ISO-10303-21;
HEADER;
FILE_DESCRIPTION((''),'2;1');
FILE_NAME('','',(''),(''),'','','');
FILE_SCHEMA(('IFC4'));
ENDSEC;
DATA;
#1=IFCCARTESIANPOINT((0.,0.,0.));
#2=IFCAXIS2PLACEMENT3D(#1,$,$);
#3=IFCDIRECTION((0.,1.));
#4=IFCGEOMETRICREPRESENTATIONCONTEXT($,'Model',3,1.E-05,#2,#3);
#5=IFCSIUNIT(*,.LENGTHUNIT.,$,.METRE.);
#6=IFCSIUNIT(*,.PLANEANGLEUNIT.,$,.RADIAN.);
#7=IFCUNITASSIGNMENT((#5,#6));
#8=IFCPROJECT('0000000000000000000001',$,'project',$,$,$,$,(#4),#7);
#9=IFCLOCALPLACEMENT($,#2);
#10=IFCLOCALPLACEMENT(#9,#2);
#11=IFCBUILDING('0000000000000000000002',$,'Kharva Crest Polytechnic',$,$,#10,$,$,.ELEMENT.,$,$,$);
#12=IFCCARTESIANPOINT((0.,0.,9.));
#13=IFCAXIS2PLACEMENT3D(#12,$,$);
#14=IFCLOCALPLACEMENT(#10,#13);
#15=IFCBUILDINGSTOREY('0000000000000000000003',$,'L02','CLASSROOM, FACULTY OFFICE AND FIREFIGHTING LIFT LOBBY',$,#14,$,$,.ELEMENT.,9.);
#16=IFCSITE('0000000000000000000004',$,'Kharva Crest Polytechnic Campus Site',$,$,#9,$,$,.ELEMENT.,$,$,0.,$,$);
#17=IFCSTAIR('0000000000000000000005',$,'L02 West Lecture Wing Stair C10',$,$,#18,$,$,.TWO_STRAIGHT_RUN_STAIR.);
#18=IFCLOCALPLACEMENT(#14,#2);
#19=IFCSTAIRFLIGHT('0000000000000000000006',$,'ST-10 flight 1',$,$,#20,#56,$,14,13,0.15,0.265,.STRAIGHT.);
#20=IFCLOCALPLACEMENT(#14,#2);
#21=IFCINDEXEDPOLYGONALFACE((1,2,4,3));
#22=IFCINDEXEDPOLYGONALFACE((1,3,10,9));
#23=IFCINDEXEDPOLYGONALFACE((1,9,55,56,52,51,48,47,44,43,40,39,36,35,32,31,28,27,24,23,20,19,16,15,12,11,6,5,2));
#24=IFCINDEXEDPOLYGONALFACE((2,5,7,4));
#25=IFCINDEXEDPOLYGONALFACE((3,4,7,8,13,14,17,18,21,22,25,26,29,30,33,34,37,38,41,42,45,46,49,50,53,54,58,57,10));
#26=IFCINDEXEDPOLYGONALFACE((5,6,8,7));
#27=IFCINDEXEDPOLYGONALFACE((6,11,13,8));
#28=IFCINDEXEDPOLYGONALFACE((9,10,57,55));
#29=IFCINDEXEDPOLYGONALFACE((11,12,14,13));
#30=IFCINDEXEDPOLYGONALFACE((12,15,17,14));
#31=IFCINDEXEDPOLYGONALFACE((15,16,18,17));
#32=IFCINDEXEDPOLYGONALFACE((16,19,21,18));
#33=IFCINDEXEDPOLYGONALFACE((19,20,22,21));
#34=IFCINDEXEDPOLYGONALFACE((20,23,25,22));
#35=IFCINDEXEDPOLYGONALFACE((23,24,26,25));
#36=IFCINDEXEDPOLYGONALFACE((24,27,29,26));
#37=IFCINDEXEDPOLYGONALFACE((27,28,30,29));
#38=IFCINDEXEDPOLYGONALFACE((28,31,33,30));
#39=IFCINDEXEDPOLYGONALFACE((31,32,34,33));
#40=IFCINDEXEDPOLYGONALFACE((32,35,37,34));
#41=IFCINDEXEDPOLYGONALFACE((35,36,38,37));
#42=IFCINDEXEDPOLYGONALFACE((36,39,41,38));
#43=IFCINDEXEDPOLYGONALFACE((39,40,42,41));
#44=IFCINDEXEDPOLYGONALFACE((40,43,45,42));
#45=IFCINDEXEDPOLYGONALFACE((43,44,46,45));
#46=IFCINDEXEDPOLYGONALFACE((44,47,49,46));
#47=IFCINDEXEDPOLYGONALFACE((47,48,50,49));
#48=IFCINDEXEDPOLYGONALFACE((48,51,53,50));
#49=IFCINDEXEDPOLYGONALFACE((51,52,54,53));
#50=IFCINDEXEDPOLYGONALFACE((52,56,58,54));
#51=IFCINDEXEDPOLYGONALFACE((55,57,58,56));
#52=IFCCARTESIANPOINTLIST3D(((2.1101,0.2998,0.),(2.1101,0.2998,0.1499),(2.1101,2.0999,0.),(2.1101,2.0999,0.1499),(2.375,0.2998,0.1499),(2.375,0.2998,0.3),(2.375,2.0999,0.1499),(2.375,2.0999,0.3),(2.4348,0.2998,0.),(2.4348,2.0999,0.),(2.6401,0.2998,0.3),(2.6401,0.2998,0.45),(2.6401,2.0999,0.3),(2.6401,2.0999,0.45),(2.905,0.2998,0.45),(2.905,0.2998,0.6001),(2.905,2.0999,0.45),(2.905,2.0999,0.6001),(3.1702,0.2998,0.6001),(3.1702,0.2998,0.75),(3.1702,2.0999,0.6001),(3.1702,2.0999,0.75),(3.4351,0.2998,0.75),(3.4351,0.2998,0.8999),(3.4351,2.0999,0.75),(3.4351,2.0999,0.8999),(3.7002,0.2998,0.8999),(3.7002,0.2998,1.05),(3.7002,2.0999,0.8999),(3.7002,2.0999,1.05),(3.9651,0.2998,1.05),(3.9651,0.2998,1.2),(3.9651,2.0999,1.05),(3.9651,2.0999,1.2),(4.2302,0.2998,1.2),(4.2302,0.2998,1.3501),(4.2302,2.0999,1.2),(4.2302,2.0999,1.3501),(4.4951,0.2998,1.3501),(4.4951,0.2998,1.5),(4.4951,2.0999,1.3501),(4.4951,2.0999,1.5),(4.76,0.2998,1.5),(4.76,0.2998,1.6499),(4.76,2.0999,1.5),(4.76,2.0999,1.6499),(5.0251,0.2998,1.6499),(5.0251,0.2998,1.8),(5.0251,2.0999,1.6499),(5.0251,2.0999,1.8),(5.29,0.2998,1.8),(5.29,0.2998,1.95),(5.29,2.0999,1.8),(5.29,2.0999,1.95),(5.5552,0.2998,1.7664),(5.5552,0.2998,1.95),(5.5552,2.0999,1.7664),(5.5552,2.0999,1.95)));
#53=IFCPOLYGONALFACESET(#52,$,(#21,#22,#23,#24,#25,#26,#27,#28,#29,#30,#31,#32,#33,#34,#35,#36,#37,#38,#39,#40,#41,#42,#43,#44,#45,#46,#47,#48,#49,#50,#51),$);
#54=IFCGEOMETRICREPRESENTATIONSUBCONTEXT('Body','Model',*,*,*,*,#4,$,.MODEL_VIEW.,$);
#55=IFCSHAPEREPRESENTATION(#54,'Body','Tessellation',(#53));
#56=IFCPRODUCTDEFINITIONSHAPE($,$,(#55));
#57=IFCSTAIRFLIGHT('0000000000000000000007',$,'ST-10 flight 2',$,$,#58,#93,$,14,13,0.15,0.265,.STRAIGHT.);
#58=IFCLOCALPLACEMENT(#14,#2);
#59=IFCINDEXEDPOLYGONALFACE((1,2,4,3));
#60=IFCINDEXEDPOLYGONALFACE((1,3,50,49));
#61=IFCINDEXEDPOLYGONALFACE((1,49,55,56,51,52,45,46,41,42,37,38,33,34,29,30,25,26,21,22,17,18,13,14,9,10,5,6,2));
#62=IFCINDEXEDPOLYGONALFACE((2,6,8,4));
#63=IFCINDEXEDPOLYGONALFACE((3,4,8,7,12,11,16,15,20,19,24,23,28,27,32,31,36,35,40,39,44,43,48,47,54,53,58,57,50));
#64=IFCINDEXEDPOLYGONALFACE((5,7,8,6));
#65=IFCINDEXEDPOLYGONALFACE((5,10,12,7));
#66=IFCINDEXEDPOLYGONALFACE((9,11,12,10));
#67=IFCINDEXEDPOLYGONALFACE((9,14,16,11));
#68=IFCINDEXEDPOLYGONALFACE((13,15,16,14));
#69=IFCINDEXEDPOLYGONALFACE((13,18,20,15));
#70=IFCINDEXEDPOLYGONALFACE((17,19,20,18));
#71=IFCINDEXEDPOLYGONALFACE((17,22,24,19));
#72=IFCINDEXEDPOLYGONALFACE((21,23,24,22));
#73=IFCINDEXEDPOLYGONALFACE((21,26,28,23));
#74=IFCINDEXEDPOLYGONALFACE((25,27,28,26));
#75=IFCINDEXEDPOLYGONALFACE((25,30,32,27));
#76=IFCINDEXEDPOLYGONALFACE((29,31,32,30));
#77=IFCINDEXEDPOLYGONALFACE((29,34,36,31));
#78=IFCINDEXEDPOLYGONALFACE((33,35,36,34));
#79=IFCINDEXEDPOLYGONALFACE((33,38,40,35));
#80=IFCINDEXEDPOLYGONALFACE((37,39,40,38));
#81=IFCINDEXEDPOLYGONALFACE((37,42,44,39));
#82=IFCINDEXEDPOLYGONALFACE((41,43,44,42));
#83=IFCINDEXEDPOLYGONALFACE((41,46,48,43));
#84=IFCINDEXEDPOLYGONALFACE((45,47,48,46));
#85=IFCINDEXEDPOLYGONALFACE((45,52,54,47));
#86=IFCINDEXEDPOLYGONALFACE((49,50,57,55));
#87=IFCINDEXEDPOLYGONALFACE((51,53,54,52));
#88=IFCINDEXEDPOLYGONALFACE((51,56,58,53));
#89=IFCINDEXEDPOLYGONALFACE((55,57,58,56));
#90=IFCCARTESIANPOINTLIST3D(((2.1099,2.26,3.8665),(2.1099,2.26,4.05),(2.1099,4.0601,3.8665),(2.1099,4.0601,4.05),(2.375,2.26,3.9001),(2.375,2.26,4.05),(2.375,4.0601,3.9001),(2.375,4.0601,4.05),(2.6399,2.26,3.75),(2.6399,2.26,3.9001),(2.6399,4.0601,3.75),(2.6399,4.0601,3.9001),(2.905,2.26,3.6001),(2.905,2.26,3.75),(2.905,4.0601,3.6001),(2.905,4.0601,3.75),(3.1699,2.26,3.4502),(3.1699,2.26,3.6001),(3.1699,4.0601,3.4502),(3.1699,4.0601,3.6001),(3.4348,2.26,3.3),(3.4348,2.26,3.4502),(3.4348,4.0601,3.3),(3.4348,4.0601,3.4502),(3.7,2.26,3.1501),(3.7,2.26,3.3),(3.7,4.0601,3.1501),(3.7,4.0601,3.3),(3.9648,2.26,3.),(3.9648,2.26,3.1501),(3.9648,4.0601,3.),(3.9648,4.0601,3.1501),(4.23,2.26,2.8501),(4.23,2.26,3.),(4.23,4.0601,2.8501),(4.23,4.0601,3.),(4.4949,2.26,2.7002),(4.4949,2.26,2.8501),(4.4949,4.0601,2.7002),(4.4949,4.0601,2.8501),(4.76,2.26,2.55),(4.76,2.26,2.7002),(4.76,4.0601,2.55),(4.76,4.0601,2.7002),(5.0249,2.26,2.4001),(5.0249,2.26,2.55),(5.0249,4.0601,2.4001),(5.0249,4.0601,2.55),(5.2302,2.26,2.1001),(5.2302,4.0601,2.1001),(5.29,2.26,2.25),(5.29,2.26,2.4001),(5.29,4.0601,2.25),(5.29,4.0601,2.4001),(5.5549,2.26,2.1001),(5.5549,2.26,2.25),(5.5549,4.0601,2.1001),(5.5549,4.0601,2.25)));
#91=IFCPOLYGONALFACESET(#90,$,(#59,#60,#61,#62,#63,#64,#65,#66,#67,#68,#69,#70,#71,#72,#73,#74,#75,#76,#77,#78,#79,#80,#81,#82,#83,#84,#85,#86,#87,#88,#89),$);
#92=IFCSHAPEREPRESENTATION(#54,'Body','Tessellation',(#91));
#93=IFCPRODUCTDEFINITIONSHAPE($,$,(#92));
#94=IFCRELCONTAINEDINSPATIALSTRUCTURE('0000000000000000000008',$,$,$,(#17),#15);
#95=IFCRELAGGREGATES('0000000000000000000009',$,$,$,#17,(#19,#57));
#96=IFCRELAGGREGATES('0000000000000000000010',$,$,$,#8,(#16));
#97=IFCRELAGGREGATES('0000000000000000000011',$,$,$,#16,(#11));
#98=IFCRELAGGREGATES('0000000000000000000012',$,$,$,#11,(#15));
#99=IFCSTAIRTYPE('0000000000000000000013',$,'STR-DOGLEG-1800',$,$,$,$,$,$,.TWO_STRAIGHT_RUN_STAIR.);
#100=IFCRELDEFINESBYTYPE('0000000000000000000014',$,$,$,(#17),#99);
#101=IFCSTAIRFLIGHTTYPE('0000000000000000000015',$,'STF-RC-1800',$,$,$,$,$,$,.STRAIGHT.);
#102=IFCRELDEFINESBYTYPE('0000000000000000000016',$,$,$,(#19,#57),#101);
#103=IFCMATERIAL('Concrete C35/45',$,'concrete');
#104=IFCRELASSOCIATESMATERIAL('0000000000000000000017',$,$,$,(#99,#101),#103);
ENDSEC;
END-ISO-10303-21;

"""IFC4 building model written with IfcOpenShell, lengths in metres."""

from ifc_helpers import new_model, si_unit, direction, frame, origin, place, context, subcontext, project, spatial, polyline, outline, extrude, material, type_object, element, aggregate, save


model = new_model("IFC4")

# Units and contexts
model_context = context("Model", 3, precision=1e-05, world=origin(), true_north=direction((0.0, 1.0)))
body_context = subcontext(model_context, "Body", "Model", "MODEL_VIEW")
ifc_project = project(units=[si_unit("LENGTHUNIT", "METRE"), si_unit("PLANEANGLEUNIT", "RADIAN")], contexts=[model_context])

# Site, building, storey
site_placement = place(None, origin())
site = spatial("IfcSite", under=ifc_project, at=site_placement, Name="Kharva Crest Polytechnic Campus Site", CompositionType="ELEMENT", RefElevation=0.0)
building_placement = place(site_placement, origin())
building = spatial("IfcBuilding", under=site, at=building_placement, Name="Kharva Crest Polytechnic", CompositionType="ELEMENT")
storey_placement = place(building_placement, frame((0.0, 0.0, 9.0)))
storey = spatial("IfcBuildingStorey", under=building, at=storey_placement, Name="L02", Description="CLASSROOM, FACULTY OFFICE AND FIREFIGHTING LIFT LOBBY", CompositionType="ELEMENT", Elevation=9.0)

# Shared definitions
ifc_material_1 = material(Name="Concrete C35/45", Category="concrete")

# Stair, stair flights
stair_type = type_object("IfcStairType", Name="STR-DOGLEG-1800", PredefinedType="TWO_STRAIGHT_RUN_STAIR", material=ifc_material_1)
stair_placement = place(storey_placement, origin())
stair = element("IfcStair", 1, at=stair_placement, inside=storey, type_object=stair_type, Name="L02 West Lecture Wing Stair C10", PredefinedType="TWO_STRAIGHT_RUN_STAIR")
stair_flight_type = type_object("IfcStairFlightType", Name="STF-RC-1800", PredefinedType="STRAIGHT", material=ifc_material_1)
stair_flight_1_placement = place(storey_placement, frame((2.1101, 1.2, 0.0), z_axis=(0.0, 0.0, 1.0), x_axis=(1.0, 0.0, 0.0)))
stair_flight_1 = element("IfcStairFlight", 2, at=stair_flight_1_placement, type_object=stair_flight_type, Name="ST-10 flight 1", NumberOfRisers=14, NumberOfTreads=13, PredefinedType="STRAIGHT", RiserHeight=0.15, TreadLength=0.265, context=body_context, shape_type="SweptSolid", body=[
    extrude(outline(polyline([(0.0, 0.0), (0.0, 0.1499), (0.2649, 0.1499), (0.2649, 0.3), (0.53, 0.3), (0.53, 0.45), (0.7949, 0.45), (0.7949, 0.6001), (1.0601, 0.6001), (1.0601, 0.75), (1.325, 0.75), (1.325, 0.8999), (1.5901, 0.8999), (1.5901, 1.05), (1.855, 1.05), (1.855, 1.2), (2.1201, 1.2), (2.1201, 1.3501), (2.385, 1.3501), (2.385, 1.5), (2.6499, 1.5), (2.6499, 1.6499), (2.915, 1.6499), (2.915, 1.8), (3.1799, 1.8), (3.1799, 1.95), (3.4451, 1.95), (3.4451, 2.1001), (3.4451, 1.7664), (0.3247, 0.0), (0.0, 0.0)])), frame((0.0, 0.8999, 0.0), z_axis=(0.0, -1.0, 0.0), x_axis=(1.0, 0.0, 0.0)), (0.0, 0.0, 1.0), 1.8),
])
stair_flight_2_placement = place(storey_placement, frame((5.5549, 3.1599, 2.1001), z_axis=(0.0, 0.0, 1.0), x_axis=(-1.0, 0.0, 0.0)))
stair_flight_2 = element("IfcStairFlight", 3, at=stair_flight_2_placement, type_object=stair_flight_type, Name="ST-10 flight 2", NumberOfRisers=14, NumberOfTreads=13, PredefinedType="STRAIGHT", RiserHeight=0.15, TreadLength=0.265, context=body_context, shape_type="SweptSolid", body=[
    extrude(outline(polyline([(0.0, 0.0), (0.0, 0.1499), (0.2649, 0.1499), (0.2649, 0.3), (0.53, 0.3), (0.53, 0.45), (0.7949, 0.45), (0.7949, 0.6001), (1.0601, 0.6001), (1.0601, 0.75), (1.325, 0.75), (1.325, 0.8999), (1.5901, 0.8999), (1.5901, 1.05), (1.855, 1.05), (1.855, 1.2), (2.1201, 1.2), (2.1201, 1.3501), (2.385, 1.3501), (2.385, 1.5), (2.6499, 1.5), (2.6499, 1.6499), (2.915, 1.6499), (2.915, 1.8), (3.1799, 1.8), (3.1799, 1.95), (3.4451, 1.95), (3.4451, 2.1001), (3.4451, 1.7664), (0.3247, 0.0), (0.0, 0.0)])), frame((0.0, 0.8999, 0.0), z_axis=(0.0, -1.0, 0.0), x_axis=(1.0, 0.0, 0.0)), (0.0, 0.0, 1.0), 1.8),
])
aggregate(stair, [stair_flight_1, stair_flight_2])

save(model, "model.ifc")
